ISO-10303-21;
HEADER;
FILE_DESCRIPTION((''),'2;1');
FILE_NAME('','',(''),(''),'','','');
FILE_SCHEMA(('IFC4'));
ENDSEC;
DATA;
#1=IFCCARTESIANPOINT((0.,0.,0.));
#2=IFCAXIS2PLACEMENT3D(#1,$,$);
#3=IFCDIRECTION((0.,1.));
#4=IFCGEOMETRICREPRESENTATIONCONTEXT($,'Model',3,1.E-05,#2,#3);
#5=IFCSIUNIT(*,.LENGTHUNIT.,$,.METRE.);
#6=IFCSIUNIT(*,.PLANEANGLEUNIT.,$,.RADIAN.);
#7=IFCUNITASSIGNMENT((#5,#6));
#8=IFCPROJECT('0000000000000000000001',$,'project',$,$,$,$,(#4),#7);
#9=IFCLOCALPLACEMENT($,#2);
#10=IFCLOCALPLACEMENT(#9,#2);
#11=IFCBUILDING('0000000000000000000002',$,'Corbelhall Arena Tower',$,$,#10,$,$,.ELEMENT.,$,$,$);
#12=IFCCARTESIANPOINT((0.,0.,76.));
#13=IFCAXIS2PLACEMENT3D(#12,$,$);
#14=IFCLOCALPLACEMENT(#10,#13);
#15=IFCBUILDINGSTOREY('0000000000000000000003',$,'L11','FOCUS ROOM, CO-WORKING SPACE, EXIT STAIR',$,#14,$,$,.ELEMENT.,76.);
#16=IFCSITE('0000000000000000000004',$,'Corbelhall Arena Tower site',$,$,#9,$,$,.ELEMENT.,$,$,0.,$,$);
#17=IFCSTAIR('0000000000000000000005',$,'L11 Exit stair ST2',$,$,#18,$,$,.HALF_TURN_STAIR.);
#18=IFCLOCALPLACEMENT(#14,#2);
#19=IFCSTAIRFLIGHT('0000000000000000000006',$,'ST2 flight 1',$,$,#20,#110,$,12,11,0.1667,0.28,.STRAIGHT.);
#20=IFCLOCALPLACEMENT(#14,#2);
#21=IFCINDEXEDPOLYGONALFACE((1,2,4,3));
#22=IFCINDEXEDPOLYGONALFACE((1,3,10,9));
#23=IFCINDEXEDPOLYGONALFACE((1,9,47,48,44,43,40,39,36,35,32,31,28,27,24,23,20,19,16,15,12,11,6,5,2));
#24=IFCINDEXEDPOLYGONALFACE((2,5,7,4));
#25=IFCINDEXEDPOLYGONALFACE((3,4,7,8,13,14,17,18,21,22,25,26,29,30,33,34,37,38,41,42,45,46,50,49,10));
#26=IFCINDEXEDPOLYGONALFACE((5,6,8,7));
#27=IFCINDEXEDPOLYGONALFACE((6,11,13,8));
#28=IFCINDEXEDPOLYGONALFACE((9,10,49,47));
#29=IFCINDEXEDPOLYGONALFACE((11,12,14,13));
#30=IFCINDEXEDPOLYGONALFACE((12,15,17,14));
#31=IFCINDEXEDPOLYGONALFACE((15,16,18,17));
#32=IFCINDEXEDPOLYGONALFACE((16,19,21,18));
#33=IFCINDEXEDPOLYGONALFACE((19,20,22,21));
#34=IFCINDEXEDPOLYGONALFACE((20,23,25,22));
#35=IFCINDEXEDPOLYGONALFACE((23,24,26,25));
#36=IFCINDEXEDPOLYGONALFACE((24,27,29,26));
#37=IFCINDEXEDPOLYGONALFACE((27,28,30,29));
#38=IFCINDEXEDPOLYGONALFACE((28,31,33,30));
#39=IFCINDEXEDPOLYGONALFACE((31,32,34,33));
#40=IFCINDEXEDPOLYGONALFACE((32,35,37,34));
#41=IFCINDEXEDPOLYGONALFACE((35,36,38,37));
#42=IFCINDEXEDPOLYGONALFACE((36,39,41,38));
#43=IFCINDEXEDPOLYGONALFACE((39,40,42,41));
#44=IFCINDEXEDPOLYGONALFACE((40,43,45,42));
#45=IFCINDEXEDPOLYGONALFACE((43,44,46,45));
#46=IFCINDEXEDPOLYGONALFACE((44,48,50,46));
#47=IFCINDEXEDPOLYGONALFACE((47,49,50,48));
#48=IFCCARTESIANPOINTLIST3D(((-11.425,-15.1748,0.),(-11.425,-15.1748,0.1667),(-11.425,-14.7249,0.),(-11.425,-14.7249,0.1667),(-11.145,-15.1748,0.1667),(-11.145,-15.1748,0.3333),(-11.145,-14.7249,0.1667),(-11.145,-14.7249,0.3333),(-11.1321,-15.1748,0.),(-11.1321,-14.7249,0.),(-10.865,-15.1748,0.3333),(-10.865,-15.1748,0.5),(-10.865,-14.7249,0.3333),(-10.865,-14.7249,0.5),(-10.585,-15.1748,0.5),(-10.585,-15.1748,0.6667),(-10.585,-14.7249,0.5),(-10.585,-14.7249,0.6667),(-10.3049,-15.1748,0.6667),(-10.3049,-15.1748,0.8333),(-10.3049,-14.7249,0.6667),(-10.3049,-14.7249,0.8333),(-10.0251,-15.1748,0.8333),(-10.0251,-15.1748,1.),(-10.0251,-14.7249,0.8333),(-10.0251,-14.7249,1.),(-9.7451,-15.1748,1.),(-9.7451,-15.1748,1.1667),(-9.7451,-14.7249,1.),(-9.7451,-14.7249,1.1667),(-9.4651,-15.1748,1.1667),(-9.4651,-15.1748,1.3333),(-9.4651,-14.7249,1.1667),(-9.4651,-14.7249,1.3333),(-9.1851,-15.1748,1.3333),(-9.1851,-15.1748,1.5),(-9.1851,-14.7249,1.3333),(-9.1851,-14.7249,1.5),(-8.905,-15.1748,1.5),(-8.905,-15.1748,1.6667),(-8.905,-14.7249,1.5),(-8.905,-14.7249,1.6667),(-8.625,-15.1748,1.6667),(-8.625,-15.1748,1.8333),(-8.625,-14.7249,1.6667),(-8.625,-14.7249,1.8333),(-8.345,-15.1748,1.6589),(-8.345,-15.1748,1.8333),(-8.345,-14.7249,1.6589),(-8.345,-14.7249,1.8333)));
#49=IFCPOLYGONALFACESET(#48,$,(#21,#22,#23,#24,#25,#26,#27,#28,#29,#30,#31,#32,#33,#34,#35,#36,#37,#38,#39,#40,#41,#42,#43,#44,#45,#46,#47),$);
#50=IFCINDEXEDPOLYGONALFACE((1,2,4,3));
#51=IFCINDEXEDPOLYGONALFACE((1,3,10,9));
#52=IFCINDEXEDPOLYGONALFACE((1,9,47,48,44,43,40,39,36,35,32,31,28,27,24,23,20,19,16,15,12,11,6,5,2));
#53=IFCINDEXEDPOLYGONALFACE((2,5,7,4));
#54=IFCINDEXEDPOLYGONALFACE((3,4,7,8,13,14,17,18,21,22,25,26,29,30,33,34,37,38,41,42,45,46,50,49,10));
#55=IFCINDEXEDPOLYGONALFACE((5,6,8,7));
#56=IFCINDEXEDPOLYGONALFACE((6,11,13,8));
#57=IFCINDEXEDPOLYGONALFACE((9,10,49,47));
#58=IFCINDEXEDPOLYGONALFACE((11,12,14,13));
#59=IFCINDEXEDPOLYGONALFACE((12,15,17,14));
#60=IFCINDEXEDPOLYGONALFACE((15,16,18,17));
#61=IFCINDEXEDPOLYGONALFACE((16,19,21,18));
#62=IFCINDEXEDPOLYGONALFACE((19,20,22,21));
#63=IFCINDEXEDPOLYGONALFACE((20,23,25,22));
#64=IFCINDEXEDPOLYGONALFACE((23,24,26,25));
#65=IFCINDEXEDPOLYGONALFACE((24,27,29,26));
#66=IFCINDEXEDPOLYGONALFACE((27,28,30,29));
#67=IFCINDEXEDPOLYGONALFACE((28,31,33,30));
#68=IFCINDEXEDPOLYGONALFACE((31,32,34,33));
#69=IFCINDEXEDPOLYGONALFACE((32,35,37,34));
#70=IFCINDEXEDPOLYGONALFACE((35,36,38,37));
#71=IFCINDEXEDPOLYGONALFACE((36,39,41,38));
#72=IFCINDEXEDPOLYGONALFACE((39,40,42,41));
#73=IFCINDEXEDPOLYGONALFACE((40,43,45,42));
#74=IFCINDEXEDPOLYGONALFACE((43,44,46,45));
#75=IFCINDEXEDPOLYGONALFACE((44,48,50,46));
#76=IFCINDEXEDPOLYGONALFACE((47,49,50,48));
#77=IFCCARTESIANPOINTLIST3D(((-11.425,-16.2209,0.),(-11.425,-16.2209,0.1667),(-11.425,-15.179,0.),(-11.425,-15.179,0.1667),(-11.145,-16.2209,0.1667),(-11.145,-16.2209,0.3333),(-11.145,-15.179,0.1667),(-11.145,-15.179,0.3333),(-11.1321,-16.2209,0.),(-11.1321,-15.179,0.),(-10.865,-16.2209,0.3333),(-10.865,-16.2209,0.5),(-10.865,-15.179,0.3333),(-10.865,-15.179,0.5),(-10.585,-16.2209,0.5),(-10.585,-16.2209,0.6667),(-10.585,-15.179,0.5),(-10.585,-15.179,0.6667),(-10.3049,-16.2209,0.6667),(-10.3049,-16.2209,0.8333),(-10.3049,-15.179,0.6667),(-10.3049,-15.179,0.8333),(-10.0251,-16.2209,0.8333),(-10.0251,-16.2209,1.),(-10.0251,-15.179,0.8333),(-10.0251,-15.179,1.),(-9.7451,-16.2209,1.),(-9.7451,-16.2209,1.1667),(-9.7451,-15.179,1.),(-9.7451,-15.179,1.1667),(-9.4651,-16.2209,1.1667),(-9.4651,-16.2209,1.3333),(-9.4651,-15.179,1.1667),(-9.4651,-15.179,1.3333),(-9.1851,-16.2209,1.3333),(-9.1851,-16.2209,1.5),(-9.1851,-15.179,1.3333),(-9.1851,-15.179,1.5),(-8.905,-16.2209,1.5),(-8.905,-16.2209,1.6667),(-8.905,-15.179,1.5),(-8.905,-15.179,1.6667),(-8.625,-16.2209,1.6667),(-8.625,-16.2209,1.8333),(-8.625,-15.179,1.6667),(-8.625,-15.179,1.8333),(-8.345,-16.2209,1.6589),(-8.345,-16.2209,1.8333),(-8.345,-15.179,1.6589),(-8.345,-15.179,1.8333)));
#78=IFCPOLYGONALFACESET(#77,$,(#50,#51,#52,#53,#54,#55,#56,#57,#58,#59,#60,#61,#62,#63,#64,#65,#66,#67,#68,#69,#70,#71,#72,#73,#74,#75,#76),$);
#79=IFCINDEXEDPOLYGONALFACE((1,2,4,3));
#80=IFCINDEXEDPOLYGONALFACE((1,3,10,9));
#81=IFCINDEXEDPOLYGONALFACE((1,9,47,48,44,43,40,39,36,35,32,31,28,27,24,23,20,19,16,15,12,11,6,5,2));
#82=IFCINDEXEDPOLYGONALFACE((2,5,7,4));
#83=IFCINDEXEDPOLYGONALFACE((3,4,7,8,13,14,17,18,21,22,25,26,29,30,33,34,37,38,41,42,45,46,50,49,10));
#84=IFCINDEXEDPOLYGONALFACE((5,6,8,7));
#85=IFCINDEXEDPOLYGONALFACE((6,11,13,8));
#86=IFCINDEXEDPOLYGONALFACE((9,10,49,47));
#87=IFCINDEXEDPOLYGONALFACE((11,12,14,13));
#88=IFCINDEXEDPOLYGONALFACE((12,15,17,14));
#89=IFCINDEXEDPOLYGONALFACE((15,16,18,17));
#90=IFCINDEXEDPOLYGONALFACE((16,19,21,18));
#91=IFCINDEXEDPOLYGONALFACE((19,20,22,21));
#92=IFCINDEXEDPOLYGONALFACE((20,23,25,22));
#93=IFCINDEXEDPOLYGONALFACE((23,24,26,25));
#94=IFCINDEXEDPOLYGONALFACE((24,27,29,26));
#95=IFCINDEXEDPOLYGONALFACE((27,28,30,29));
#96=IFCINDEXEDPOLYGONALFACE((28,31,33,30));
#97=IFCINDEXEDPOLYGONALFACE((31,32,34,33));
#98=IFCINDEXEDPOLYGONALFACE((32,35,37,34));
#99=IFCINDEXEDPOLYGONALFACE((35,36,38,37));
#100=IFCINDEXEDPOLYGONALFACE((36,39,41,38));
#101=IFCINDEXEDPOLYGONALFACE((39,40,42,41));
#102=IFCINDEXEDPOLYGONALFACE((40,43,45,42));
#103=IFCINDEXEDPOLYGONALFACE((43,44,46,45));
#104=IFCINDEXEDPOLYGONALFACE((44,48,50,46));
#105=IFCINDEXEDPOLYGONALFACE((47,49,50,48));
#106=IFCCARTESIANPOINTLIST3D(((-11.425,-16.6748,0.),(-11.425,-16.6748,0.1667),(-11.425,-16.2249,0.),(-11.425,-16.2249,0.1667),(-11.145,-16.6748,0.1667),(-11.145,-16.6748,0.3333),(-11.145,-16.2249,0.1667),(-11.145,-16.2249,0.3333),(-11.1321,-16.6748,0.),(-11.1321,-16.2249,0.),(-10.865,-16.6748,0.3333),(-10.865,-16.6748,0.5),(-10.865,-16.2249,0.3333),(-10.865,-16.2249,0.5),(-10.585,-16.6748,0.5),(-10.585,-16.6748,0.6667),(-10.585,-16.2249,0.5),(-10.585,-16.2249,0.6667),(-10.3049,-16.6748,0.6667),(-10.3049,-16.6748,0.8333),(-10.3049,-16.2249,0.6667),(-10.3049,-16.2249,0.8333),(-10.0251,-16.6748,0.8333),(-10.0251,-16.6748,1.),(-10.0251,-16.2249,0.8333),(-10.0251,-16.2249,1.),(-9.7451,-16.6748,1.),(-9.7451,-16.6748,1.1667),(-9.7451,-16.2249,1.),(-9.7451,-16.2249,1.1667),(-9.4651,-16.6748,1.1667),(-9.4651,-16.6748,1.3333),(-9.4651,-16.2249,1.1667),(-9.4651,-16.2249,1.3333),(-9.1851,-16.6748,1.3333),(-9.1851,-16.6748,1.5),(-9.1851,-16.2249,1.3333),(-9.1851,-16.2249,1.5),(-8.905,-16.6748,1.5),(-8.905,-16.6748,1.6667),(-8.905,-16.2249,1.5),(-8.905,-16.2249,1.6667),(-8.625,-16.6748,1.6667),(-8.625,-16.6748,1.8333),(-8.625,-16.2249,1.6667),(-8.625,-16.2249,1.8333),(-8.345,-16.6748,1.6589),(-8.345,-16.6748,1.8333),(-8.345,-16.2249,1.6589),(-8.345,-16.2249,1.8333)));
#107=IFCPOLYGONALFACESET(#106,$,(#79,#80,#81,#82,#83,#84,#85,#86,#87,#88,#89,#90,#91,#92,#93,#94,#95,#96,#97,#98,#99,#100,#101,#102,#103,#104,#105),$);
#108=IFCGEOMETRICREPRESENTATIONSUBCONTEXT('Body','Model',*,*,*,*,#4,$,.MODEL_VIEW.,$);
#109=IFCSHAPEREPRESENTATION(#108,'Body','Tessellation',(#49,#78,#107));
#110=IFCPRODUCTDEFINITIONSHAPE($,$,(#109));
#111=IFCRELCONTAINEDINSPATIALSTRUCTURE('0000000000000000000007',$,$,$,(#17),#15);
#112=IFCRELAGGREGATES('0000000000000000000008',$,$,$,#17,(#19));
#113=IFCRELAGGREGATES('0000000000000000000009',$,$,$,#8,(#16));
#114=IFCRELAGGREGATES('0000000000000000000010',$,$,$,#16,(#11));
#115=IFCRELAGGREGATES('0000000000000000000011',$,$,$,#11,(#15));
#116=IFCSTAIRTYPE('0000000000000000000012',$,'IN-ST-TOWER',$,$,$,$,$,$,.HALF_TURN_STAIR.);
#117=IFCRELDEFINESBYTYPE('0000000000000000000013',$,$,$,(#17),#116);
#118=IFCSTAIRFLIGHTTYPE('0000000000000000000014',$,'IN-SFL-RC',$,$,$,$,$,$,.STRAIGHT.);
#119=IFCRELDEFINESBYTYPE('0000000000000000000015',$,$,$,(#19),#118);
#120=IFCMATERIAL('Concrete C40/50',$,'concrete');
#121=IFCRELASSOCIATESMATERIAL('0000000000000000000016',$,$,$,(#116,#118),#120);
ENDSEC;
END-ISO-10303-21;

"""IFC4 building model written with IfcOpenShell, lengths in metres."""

from ifc_helpers import new_model, si_unit, direction, frame, origin, place, context, subcontext, project, spatial, polyline, outline, extrude, material, type_object, element, aggregate, save


model = new_model("IFC4")

# Units and contexts
model_context = context("Model", 3, precision=1e-05, world=origin(), true_north=direction((0.0, 1.0)))
body_context = subcontext(model_context, "Body", "Model", "MODEL_VIEW")
ifc_project = project(units=[si_unit("LENGTHUNIT", "METRE"), si_unit("PLANEANGLEUNIT", "RADIAN")], contexts=[model_context])

# Site, building, storey
site_placement = place(None, origin())
site = spatial("IfcSite", under=ifc_project, at=site_placement, Name="Corbelhall Arena Tower site", CompositionType="ELEMENT", RefElevation=0.0)
building_placement = place(site_placement, origin())
building = spatial("IfcBuilding", under=site, at=building_placement, Name="Corbelhall Arena Tower", CompositionType="ELEMENT")
storey_placement = place(building_placement, frame((0.0, 0.0, 76.0)))
storey = spatial("IfcBuildingStorey", under=building, at=storey_placement, Name="L11", Description="FOCUS ROOM, CO-WORKING SPACE, EXIT STAIR", CompositionType="ELEMENT", Elevation=76.0)

# Stair, stair flight
ifc_material_1 = material(Name="Concrete C40/50", Category="concrete")
stair_type = type_object("IfcStairType", Name="IN-ST-TOWER", PredefinedType="HALF_TURN_STAIR", material=ifc_material_1)
stair_placement = place(storey_placement, origin())
stair = element("IfcStair", 1, at=stair_placement, inside=storey, type_object=stair_type, Name="L11 Exit stair ST2", PredefinedType="HALF_TURN_STAIR")
stair_flight_type = type_object("IfcStairFlightType", Name="IN-SFL-RC", PredefinedType="STRAIGHT", material=ifc_material_1)
stair_flight_placement = place(storey_placement, frame((-11.425, -15.7, 0.0), z_axis=(0.0, 0.0, 1.0), x_axis=(1.0, 0.0, 0.0)))
stair_flight = element("IfcStairFlight", 2, at=stair_flight_placement, type_object=stair_flight_type, Name="ST2 flight 1", NumberOfRisers=12, NumberOfTreads=11, PredefinedType="STRAIGHT", RiserHeight=0.1667, TreadLength=0.28, context=body_context, shape_type="SweptSolid", body=[
    extrude(outline(polyline([(0.0, 0.0), (0.0, 0.1667), (0.28, 0.1667), (0.28, 0.3333), (0.5601, 0.3333), (0.5601, 0.5), (0.8401, 0.5), (0.8401, 0.6667), (1.1201, 0.6667), (1.1201, 0.8333), (1.3999, 0.8333), (1.3999, 1.0), (1.6799, 1.0), (1.6799, 1.1667), (1.96, 1.1667), (1.96, 1.3333), (2.24, 1.3333), (2.24, 1.5), (2.52, 1.5), (2.52, 1.6667), (2.8, 1.6667), (2.8, 1.8333), (3.0801, 1.8333), (3.0801, 2.0), (3.0801, 1.6589), (0.293, 0.0), (0.0, 0.0)])), frame((0.0, 0.9751, 0.0), z_axis=(0.0, -1.0, 0.0), x_axis=(1.0, 0.0, 0.0)), (0.0, 0.0, 1.0), 0.45),
    extrude(outline(polyline([(0.0, 0.0), (0.0, 0.1667), (0.28, 0.1667), (0.28, 0.3333), (0.5601, 0.3333), (0.5601, 0.5), (0.8401, 0.5), (0.8401, 0.6667), (1.1201, 0.6667), (1.1201, 0.8333), (1.3999, 0.8333), (1.3999, 1.0), (1.6799, 1.0), (1.6799, 1.1667), (1.96, 1.1667), (1.96, 1.3333), (2.24, 1.3333), (2.24, 1.5), (2.52, 1.5), (2.52, 1.6667), (2.8, 1.6667), (2.8, 1.8333), (3.0801, 1.8333), (3.0801, 2.0), (3.0801, 1.6589), (0.293, 0.0), (0.0, 0.0)])), frame((0.0, 0.521, 0.0), z_axis=(0.0, -1.0, 0.0), x_axis=(1.0, 0.0, 0.0)), (0.0, 0.0, 1.0), 1.042),
    extrude(outline(polyline([(0.0, 0.0), (0.0, 0.1667), (0.28, 0.1667), (0.28, 0.3333), (0.5601, 0.3333), (0.5601, 0.5), (0.8401, 0.5), (0.8401, 0.6667), (1.1201, 0.6667), (1.1201, 0.8333), (1.3999, 0.8333), (1.3999, 1.0), (1.6799, 1.0), (1.6799, 1.1667), (1.96, 1.1667), (1.96, 1.3333), (2.24, 1.3333), (2.24, 1.5), (2.52, 1.5), (2.52, 1.6667), (2.8, 1.6667), (2.8, 1.8333), (3.0801, 1.8333), (3.0801, 2.0), (3.0801, 1.6589), (0.293, 0.0), (0.0, 0.0)])), frame((0.0, -0.5249, 0.0), z_axis=(0.0, -1.0, 0.0), x_axis=(1.0, 0.0, 0.0)), (0.0, 0.0, 1.0), 0.45),
])
aggregate(stair, [stair_flight])

save(model, "model.ifc")
